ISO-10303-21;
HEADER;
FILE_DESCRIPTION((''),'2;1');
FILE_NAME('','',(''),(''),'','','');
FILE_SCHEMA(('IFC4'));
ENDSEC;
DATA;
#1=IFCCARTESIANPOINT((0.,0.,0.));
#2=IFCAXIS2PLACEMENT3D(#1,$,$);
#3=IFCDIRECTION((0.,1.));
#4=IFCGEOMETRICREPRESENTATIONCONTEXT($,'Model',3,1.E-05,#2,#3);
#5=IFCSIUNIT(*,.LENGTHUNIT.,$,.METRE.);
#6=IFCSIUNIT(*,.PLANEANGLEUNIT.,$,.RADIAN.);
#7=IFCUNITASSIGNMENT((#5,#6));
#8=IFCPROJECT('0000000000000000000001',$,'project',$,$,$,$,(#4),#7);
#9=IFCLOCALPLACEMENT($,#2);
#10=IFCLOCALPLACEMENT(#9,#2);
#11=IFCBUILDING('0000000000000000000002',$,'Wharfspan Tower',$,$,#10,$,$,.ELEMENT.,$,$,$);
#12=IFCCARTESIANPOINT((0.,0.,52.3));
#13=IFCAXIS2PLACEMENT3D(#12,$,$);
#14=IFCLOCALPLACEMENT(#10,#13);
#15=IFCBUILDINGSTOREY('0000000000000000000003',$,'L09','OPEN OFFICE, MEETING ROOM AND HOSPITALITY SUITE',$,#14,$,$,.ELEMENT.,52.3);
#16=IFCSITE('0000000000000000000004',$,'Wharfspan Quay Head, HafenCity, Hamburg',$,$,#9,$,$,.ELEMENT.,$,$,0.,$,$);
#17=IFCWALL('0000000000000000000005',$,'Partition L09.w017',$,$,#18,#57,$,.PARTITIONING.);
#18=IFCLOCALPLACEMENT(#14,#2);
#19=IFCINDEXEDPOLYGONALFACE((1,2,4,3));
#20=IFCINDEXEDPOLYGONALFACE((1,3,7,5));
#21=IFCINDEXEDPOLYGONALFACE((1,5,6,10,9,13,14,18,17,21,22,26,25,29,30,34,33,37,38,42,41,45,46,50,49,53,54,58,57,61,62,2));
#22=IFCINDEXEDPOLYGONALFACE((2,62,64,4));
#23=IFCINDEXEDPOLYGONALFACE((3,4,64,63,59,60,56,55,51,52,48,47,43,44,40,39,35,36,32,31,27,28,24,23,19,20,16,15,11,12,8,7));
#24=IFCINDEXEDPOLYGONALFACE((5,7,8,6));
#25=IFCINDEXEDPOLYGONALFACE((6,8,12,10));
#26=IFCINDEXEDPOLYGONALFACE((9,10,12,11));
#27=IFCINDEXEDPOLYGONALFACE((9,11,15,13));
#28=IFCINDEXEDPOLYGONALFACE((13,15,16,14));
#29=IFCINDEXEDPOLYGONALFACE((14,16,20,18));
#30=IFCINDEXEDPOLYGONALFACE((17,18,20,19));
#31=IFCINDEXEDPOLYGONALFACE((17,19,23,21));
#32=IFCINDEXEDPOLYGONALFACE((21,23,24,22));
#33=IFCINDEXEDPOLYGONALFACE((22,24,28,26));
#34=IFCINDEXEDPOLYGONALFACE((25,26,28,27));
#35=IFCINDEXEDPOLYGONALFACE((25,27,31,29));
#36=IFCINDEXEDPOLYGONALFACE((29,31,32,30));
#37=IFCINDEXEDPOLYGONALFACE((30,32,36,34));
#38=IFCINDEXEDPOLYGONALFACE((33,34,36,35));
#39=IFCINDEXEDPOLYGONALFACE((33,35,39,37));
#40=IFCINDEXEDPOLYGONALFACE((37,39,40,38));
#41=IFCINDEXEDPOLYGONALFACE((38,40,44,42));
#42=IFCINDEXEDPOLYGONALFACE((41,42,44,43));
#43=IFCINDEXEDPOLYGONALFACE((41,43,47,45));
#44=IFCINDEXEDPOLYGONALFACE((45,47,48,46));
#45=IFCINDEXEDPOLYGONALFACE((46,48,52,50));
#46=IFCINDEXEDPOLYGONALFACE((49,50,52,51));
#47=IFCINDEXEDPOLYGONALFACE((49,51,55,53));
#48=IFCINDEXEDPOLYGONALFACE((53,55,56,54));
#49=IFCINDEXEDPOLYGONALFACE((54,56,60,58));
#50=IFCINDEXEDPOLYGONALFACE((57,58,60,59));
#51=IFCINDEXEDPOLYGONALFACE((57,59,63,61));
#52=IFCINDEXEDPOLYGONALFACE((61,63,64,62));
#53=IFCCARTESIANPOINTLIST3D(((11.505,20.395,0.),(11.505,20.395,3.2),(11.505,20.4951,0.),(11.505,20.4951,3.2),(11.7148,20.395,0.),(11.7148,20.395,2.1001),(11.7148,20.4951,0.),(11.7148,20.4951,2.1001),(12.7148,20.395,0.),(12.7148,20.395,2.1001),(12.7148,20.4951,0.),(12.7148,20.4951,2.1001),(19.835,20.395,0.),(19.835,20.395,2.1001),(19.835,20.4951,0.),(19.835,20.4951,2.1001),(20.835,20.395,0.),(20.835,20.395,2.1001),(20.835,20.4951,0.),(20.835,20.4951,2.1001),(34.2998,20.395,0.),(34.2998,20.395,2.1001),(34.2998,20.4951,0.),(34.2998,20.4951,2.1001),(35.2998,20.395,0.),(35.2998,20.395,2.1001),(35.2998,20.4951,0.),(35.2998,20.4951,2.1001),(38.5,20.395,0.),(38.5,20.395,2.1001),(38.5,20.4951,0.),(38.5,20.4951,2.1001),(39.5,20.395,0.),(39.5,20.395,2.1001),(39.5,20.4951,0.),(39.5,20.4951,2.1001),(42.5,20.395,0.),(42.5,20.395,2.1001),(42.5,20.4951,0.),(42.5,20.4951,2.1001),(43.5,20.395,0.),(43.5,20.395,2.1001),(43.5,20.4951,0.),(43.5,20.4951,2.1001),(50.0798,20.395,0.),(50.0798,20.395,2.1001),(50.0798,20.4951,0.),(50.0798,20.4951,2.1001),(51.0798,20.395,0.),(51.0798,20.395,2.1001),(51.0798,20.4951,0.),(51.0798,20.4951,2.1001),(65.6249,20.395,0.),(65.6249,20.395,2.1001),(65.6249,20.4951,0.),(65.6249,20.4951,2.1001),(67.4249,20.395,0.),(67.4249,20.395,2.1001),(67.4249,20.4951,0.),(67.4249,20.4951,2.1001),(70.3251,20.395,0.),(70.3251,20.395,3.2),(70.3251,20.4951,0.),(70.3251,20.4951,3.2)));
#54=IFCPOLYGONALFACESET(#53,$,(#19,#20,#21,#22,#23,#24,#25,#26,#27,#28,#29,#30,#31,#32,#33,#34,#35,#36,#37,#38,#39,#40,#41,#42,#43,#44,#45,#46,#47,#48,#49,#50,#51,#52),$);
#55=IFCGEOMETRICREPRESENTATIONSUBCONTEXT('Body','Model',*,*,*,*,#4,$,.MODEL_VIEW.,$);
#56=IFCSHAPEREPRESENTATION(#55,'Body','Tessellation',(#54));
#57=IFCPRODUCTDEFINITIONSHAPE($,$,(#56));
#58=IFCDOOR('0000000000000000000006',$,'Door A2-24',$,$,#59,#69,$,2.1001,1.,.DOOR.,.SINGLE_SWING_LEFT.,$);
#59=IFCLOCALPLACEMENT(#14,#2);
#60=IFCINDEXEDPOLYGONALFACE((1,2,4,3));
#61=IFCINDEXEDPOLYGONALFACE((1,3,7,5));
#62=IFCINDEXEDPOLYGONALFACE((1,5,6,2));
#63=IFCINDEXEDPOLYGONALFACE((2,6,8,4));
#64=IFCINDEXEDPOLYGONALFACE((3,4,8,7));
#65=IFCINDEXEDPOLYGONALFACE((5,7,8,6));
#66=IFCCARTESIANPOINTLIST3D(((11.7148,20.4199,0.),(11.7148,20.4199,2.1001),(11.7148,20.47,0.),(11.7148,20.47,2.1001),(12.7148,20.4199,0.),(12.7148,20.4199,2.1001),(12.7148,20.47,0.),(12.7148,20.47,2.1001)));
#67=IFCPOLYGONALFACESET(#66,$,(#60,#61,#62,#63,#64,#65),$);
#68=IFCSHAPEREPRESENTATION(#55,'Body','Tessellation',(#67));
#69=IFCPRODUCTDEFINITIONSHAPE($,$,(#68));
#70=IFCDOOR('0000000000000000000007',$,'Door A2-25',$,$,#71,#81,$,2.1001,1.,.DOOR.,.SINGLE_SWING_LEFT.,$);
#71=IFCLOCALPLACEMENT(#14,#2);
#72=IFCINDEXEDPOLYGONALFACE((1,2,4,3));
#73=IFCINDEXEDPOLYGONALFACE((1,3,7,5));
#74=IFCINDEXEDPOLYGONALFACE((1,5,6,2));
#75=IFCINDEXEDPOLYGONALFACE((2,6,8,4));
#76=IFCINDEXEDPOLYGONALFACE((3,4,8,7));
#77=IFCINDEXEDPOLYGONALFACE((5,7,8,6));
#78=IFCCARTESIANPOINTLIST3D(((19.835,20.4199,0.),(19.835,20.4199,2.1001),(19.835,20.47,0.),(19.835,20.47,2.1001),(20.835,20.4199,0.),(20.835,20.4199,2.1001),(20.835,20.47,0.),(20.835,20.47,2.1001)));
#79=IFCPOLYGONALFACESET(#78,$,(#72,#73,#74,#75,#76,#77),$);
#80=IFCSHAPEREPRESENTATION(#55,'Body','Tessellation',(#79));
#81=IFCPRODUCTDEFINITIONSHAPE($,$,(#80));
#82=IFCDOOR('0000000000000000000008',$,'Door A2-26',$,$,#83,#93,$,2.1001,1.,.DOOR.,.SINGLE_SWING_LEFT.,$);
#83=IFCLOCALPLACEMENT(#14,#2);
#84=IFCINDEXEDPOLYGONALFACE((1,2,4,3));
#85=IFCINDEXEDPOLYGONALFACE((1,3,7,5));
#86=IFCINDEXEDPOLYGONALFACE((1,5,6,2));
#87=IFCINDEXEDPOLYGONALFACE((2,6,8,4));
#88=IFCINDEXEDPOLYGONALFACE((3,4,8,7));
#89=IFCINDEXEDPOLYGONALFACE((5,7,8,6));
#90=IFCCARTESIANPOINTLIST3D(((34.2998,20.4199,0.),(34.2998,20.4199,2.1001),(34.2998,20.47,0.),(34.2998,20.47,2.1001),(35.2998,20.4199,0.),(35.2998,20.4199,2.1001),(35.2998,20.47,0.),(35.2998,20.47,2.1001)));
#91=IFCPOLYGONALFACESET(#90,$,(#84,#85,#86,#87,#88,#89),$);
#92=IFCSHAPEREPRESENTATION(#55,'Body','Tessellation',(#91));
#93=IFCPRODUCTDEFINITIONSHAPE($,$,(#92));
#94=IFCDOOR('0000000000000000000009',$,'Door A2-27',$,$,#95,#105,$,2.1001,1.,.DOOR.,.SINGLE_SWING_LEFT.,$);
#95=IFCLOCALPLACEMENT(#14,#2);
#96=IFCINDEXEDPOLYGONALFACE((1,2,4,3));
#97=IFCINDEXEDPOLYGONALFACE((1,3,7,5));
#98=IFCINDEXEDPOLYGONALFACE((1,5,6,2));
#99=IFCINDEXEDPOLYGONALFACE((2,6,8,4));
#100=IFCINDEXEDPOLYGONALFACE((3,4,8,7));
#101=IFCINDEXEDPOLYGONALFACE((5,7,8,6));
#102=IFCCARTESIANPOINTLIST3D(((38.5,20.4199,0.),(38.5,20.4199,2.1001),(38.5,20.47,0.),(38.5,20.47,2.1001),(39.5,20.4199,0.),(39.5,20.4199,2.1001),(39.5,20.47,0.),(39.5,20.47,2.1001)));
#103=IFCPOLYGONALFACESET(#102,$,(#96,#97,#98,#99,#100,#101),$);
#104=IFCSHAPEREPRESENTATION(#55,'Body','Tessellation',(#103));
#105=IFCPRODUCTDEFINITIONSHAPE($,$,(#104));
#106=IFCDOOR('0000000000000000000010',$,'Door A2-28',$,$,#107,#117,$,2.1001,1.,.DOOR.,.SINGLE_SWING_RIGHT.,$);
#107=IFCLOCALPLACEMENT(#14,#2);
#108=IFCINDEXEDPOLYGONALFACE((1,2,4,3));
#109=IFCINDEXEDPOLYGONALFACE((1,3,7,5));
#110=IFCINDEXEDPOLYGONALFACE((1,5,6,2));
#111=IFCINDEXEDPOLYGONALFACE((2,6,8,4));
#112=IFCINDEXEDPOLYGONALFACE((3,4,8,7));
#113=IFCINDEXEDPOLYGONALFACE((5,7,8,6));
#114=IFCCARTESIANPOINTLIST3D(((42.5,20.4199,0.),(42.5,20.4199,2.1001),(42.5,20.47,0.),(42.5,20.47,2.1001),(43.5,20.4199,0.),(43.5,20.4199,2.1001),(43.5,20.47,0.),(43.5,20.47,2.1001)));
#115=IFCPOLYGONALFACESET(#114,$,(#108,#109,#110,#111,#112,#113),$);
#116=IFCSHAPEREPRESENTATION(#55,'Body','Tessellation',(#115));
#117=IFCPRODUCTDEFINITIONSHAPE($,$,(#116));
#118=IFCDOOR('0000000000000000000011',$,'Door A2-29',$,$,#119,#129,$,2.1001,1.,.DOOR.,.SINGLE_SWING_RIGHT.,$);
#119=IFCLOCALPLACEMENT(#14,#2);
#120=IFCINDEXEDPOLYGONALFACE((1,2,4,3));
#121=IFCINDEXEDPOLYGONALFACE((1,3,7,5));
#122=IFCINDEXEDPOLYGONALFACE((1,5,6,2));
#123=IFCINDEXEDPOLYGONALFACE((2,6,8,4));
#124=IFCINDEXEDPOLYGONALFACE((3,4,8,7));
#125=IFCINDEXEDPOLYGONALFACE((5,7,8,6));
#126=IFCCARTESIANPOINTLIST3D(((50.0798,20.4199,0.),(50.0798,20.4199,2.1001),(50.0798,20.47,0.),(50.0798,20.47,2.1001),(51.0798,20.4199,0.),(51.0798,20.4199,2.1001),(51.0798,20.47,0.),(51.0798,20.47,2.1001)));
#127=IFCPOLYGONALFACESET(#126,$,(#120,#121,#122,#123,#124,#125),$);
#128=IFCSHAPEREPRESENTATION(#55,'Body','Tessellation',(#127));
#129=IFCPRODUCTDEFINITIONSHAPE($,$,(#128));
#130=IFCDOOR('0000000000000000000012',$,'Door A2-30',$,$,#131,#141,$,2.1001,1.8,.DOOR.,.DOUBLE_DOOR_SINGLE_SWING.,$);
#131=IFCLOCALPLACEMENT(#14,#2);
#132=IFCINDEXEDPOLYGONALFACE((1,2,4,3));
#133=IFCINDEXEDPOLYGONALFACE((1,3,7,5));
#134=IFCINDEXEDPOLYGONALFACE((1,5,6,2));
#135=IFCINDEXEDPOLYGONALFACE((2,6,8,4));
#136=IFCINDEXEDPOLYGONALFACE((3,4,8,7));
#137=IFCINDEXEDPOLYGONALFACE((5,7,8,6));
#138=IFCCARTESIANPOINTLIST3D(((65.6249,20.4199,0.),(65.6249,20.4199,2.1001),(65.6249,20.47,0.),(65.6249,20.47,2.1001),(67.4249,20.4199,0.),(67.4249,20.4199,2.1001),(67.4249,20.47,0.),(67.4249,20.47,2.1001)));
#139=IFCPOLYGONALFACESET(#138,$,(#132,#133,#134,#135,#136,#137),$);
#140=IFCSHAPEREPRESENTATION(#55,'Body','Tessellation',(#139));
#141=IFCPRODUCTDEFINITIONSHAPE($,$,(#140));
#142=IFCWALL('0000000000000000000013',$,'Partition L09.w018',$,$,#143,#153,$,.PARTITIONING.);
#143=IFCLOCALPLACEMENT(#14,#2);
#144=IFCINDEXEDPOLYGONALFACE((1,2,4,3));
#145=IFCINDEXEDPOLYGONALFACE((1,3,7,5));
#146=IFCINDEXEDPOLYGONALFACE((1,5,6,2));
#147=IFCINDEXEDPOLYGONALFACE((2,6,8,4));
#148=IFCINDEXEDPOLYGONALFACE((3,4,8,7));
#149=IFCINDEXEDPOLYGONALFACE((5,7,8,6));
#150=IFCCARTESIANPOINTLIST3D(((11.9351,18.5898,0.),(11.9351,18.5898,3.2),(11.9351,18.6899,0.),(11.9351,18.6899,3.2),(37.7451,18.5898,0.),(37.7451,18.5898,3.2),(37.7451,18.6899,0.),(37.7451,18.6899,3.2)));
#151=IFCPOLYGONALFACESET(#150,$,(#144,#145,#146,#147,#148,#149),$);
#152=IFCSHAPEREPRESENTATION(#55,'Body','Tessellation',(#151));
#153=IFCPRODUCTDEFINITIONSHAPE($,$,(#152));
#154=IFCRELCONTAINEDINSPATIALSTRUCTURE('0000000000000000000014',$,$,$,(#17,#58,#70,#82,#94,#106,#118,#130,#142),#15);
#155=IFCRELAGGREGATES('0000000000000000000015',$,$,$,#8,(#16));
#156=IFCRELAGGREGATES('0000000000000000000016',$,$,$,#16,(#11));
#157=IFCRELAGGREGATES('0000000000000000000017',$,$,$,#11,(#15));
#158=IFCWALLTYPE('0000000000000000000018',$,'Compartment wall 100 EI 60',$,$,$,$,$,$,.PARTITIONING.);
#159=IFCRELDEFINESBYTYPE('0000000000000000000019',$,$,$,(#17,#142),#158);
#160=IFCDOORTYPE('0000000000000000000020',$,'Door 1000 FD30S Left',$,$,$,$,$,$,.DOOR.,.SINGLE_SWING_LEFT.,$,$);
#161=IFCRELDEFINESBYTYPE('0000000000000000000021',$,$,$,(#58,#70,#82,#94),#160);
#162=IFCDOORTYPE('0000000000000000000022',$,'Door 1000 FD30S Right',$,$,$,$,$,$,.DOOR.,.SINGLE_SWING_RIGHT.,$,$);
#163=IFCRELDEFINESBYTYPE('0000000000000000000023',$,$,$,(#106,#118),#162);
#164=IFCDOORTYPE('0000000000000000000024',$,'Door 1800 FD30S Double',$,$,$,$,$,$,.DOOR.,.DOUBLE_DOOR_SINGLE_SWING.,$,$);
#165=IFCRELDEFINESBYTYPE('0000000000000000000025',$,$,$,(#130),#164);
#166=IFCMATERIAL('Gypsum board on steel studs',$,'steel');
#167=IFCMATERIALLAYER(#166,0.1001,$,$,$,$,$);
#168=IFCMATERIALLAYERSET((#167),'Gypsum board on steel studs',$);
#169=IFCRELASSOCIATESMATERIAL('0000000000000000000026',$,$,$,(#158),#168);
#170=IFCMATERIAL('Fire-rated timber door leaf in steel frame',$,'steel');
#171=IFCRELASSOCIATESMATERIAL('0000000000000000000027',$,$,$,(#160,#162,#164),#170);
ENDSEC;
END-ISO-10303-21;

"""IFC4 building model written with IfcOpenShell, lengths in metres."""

from ifc_helpers import new_model, si_unit, direction, frame, frame_2d, origin, place, context, subcontext, project, spatial, rectangle, extrude, material, layer, layer_set, type_object, element, fill, save


model = new_model("IFC4")

# Units and contexts
model_context = context("Model", 3, precision=1e-05, world=origin(), true_north=direction((0.0, 1.0)))
body_context = subcontext(model_context, "Body", "Model", "MODEL_VIEW")
ifc_project = project(units=[si_unit("LENGTHUNIT", "METRE"), si_unit("PLANEANGLEUNIT", "RADIAN")], contexts=[model_context])

# Site, building, storey
site_placement = place(None, origin())
site = spatial("IfcSite", under=ifc_project, at=site_placement, Name="Wharfspan Quay Head, HafenCity, Hamburg", CompositionType="ELEMENT", RefElevation=0.0)
building_placement = place(site_placement, origin())
building = spatial("IfcBuilding", under=site, at=building_placement, Name="Wharfspan Tower", CompositionType="ELEMENT")
storey_placement = place(building_placement, frame((0.0, 0.0, 52.3)))
storey = spatial("IfcBuildingStorey", under=building, at=storey_placement, Name="L09", Description="OPEN OFFICE, MEETING ROOM AND HOSPITALITY SUITE", CompositionType="ELEMENT", Elevation=52.3)

# Shared definitions
ifc_material_1 = material(Name="Gypsum board on steel studs", Category="steel")
ifc_layer = layer(ifc_material_1, 0.1001)
ifc_layer_set = layer_set([ifc_layer], Name="Gypsum board on steel studs")
wall_type = type_object("IfcWallType", Name="Compartment wall 100 EI 60", PredefinedType="PARTITIONING", material=ifc_layer_set)

# Wall, openings, doors
wall_1_placement = place(storey_placement, frame((11.5049, 20.4451, 0.0), z_axis=(0.0, 0.0, 1.0), x_axis=(1.0, 0.0, 0.0)))
wall_1 = element("IfcWall", 1, at=wall_1_placement, inside=storey, type_object=wall_type, Name="Partition L09.w017", PredefinedType="PARTITIONING", context=body_context, shape_type="SweptSolid", body=[
    extrude(rectangle(XDim=58.8201, YDim=0.1001, at=frame_2d((29.4102, 0.0))), origin(), (0.0, 0.0, 1.0), 3.2),
])
opening_1_placement = place(wall_1_placement, frame((0.21, 0.0, 0.0)))
opening_1 = element("IfcOpeningElement", 2, at=opening_1_placement, cuts=wall_1, PredefinedType="OPENING", context=body_context, shape_type="SweptSolid", body=[
    extrude(rectangle(XDim=1.0, YDim=2.1001, at=frame_2d((0.5, 1.05))), frame((0.0, 0.0601, 0.0), z_axis=(0.0, -1.0, 0.0), x_axis=(1.0, 0.0, 0.0)), (0.0, 0.0, 1.0), 0.1201),
])
opening_2_placement = place(wall_1_placement, frame((8.3301, 0.0, 0.0)))
opening_2 = element("IfcOpeningElement", 3, at=opening_2_placement, cuts=wall_1, PredefinedType="OPENING", context=body_context, shape_type="SweptSolid", body=[
    extrude(rectangle(XDim=1.0, YDim=2.1001, at=frame_2d((0.5, 1.05))), frame((0.0, 0.0601, 0.0), z_axis=(0.0, -1.0, 0.0), x_axis=(1.0, 0.0, 0.0)), (0.0, 0.0, 1.0), 0.1201),
])
opening_3_placement = place(wall_1_placement, frame((22.7949, 0.0, 0.0)))
opening_3 = element("IfcOpeningElement", 4, at=opening_3_placement, cuts=wall_1, PredefinedType="OPENING", context=body_context, shape_type="SweptSolid", body=[
    extrude(rectangle(XDim=1.0, YDim=2.1001, at=frame_2d((0.5, 1.05))), frame((0.0, 0.0601, 0.0), z_axis=(0.0, -1.0, 0.0), x_axis=(1.0, 0.0, 0.0)), (0.0, 0.0, 1.0), 0.1201),
])
opening_4_placement = place(wall_1_placement, frame((26.9951, 0.0, 0.0)))
opening_4 = element("IfcOpeningElement", 5, at=opening_4_placement, cuts=wall_1, PredefinedType="OPENING", context=body_context, shape_type="SweptSolid", body=[
    extrude(rectangle(XDim=1.0, YDim=2.1001, at=frame_2d((0.5, 1.05))), frame((0.0, 0.0601, 0.0), z_axis=(0.0, -1.0, 0.0), x_axis=(1.0, 0.0, 0.0)), (0.0, 0.0, 1.0), 0.1201),
])
opening_5_placement = place(wall_1_placement, frame((30.9951, 0.0, 0.0)))
opening_5 = element("IfcOpeningElement", 6, at=opening_5_placement, cuts=wall_1, PredefinedType="OPENING", context=body_context, shape_type="SweptSolid", body=[
    extrude(rectangle(XDim=1.0, YDim=2.1001, at=frame_2d((0.5, 1.05))), frame((0.0, 0.0601, 0.0), z_axis=(0.0, -1.0, 0.0), x_axis=(1.0, 0.0, 0.0)), (0.0, 0.0, 1.0), 0.1201),
])
opening_6_placement = place(wall_1_placement, frame((38.575, 0.0, 0.0)))
opening_6 = element("IfcOpeningElement", 7, at=opening_6_placement, cuts=wall_1, PredefinedType="OPENING", context=body_context, shape_type="SweptSolid", body=[
    extrude(rectangle(XDim=1.0, YDim=2.1001, at=frame_2d((0.5, 1.05))), frame((0.0, 0.0601, 0.0), z_axis=(0.0, -1.0, 0.0), x_axis=(1.0, 0.0, 0.0)), (0.0, 0.0, 1.0), 0.1201),
])
opening_7_placement = place(wall_1_placement, frame((54.1201, 0.0, 0.0)))
opening_7 = element("IfcOpeningElement", 8, at=opening_7_placement, cuts=wall_1, PredefinedType="OPENING", context=body_context, shape_type="SweptSolid", body=[
    extrude(rectangle(XDim=1.8, YDim=2.1001, at=frame_2d((0.8999, 1.05))), frame((0.0, 0.0601, 0.0), z_axis=(0.0, -1.0, 0.0), x_axis=(1.0, 0.0, 0.0)), (0.0, 0.0, 1.0), 0.1201),
])
ifc_material_2 = material(Name="Fire-rated timber door leaf in steel frame", Category="steel")
door_type_1 = type_object("IfcDoorType", Name="Door 1000 FD30S Left", OperationType="SINGLE_SWING_LEFT", PredefinedType="DOOR", material=ifc_material_2)
door_1_placement = place(opening_1_placement, origin())
door_1 = element("IfcDoor", 9, at=door_1_placement, inside=storey, type_object=door_type_1, Name="Door A2-24", OperationType="SINGLE_SWING_LEFT", OverallHeight=2.1001, OverallWidth=1.0, PredefinedType="DOOR", context=body_context, shape_type="SweptSolid", body=[
    extrude(rectangle(XDim=1.0, YDim=2.1001, at=frame_2d((0.5, 1.05))), frame((0.0, 0.0249, 0.0), z_axis=(0.0, -1.0, 0.0), x_axis=(1.0, 0.0, 0.0)), (0.0, 0.0, 1.0), 0.05),
])
fill(opening_1, door_1)
door_2_placement = place(opening_2_placement, origin())
door_2 = element("IfcDoor", 10, at=door_2_placement, inside=storey, type_object=door_type_1, Name="Door A2-25", OperationType="SINGLE_SWING_LEFT", OverallHeight=2.1001, OverallWidth=1.0, PredefinedType="DOOR", context=body_context, shape_type="SweptSolid", body=[
    extrude(rectangle(XDim=1.0, YDim=2.1001, at=frame_2d((0.5, 1.05))), frame((0.0, 0.0249, 0.0), z_axis=(0.0, -1.0, 0.0), x_axis=(1.0, 0.0, 0.0)), (0.0, 0.0, 1.0), 0.05),
])
fill(opening_2, door_2)
door_3_placement = place(opening_3_placement, origin())
door_3 = element("IfcDoor", 11, at=door_3_placement, inside=storey, type_object=door_type_1, Name="Door A2-26", OperationType="SINGLE_SWING_LEFT", OverallHeight=2.1001, OverallWidth=1.0, PredefinedType="DOOR", context=body_context, shape_type="SweptSolid", body=[
    extrude(rectangle(XDim=1.0, YDim=2.1001, at=frame_2d((0.5, 1.05))), frame((0.0, 0.0249, 0.0), z_axis=(0.0, -1.0, 0.0), x_axis=(1.0, 0.0, 0.0)), (0.0, 0.0, 1.0), 0.05),
])
fill(opening_3, door_3)
door_4_placement = place(opening_4_placement, origin())
door_4 = element("IfcDoor", 12, at=door_4_placement, inside=storey, type_object=door_type_1, Name="Door A2-27", OperationType="SINGLE_SWING_LEFT", OverallHeight=2.1001, OverallWidth=1.0, PredefinedType="DOOR", context=body_context, shape_type="SweptSolid", body=[
    extrude(rectangle(XDim=1.0, YDim=2.1001, at=frame_2d((0.5, 1.05))), frame((0.0, 0.0249, 0.0), z_axis=(0.0, -1.0, 0.0), x_axis=(1.0, 0.0, 0.0)), (0.0, 0.0, 1.0), 0.05),
])
fill(opening_4, door_4)
door_type_2 = type_object("IfcDoorType", Name="Door 1000 FD30S Right", OperationType="SINGLE_SWING_RIGHT", PredefinedType="DOOR", material=ifc_material_2)
door_5_placement = place(opening_5_placement, origin())
door_5 = element("IfcDoor", 13, at=door_5_placement, inside=storey, type_object=door_type_2, Name="Door A2-28", OperationType="SINGLE_SWING_RIGHT", OverallHeight=2.1001, OverallWidth=1.0, PredefinedType="DOOR", context=body_context, shape_type="SweptSolid", body=[
    extrude(rectangle(XDim=1.0, YDim=2.1001, at=frame_2d((0.5, 1.05))), frame((0.0, 0.0249, 0.0), z_axis=(0.0, -1.0, 0.0), x_axis=(1.0, 0.0, 0.0)), (0.0, 0.0, 1.0), 0.05),
])
fill(opening_5, door_5)
door_6_placement = place(opening_6_placement, origin())
door_6 = element("IfcDoor", 14, at=door_6_placement, inside=storey, type_object=door_type_2, Name="Door A2-29", OperationType="SINGLE_SWING_RIGHT", OverallHeight=2.1001, OverallWidth=1.0, PredefinedType="DOOR", context=body_context, shape_type="SweptSolid", body=[
    extrude(rectangle(XDim=1.0, YDim=2.1001, at=frame_2d((0.5, 1.05))), frame((0.0, 0.0249, 0.0), z_axis=(0.0, -1.0, 0.0), x_axis=(1.0, 0.0, 0.0)), (0.0, 0.0, 1.0), 0.05),
])
fill(opening_6, door_6)
door_type_3 = type_object("IfcDoorType", Name="Door 1800 FD30S Double", OperationType="DOUBLE_DOOR_SINGLE_SWING", PredefinedType="DOOR", material=ifc_material_2)
door_7_placement = place(opening_7_placement, origin())
door_7 = element("IfcDoor", 15, at=door_7_placement, inside=storey, type_object=door_type_3, Name="Door A2-30", OperationType="DOUBLE_DOOR_SINGLE_SWING", OverallHeight=2.1001, OverallWidth=1.8, PredefinedType="DOOR", context=body_context, shape_type="SweptSolid", body=[
    extrude(rectangle(XDim=1.8, YDim=2.1001, at=frame_2d((0.8999, 1.05))), frame((0.0, 0.0249, 0.0), z_axis=(0.0, -1.0, 0.0), x_axis=(1.0, 0.0, 0.0)), (0.0, 0.0, 1.0), 0.05),
])
fill(opening_7, door_7)

# Wall
wall_2_placement = place(storey_placement, frame((11.9351, 18.6399, 0.0), z_axis=(0.0, 0.0, 1.0), x_axis=(1.0, 0.0, 0.0)))
element("IfcWall", 16, at=wall_2_placement, inside=storey, type_object=wall_type, Name="Partition L09.w018", PredefinedType="PARTITIONING", context=body_context, shape_type="SweptSolid", body=[
    extrude(rectangle(XDim=25.8101, YDim=0.1001, at=frame_2d((12.905, 0.0))), origin(), (0.0, 0.0, 1.0), 3.2),
])

save(model, "model.ifc")
